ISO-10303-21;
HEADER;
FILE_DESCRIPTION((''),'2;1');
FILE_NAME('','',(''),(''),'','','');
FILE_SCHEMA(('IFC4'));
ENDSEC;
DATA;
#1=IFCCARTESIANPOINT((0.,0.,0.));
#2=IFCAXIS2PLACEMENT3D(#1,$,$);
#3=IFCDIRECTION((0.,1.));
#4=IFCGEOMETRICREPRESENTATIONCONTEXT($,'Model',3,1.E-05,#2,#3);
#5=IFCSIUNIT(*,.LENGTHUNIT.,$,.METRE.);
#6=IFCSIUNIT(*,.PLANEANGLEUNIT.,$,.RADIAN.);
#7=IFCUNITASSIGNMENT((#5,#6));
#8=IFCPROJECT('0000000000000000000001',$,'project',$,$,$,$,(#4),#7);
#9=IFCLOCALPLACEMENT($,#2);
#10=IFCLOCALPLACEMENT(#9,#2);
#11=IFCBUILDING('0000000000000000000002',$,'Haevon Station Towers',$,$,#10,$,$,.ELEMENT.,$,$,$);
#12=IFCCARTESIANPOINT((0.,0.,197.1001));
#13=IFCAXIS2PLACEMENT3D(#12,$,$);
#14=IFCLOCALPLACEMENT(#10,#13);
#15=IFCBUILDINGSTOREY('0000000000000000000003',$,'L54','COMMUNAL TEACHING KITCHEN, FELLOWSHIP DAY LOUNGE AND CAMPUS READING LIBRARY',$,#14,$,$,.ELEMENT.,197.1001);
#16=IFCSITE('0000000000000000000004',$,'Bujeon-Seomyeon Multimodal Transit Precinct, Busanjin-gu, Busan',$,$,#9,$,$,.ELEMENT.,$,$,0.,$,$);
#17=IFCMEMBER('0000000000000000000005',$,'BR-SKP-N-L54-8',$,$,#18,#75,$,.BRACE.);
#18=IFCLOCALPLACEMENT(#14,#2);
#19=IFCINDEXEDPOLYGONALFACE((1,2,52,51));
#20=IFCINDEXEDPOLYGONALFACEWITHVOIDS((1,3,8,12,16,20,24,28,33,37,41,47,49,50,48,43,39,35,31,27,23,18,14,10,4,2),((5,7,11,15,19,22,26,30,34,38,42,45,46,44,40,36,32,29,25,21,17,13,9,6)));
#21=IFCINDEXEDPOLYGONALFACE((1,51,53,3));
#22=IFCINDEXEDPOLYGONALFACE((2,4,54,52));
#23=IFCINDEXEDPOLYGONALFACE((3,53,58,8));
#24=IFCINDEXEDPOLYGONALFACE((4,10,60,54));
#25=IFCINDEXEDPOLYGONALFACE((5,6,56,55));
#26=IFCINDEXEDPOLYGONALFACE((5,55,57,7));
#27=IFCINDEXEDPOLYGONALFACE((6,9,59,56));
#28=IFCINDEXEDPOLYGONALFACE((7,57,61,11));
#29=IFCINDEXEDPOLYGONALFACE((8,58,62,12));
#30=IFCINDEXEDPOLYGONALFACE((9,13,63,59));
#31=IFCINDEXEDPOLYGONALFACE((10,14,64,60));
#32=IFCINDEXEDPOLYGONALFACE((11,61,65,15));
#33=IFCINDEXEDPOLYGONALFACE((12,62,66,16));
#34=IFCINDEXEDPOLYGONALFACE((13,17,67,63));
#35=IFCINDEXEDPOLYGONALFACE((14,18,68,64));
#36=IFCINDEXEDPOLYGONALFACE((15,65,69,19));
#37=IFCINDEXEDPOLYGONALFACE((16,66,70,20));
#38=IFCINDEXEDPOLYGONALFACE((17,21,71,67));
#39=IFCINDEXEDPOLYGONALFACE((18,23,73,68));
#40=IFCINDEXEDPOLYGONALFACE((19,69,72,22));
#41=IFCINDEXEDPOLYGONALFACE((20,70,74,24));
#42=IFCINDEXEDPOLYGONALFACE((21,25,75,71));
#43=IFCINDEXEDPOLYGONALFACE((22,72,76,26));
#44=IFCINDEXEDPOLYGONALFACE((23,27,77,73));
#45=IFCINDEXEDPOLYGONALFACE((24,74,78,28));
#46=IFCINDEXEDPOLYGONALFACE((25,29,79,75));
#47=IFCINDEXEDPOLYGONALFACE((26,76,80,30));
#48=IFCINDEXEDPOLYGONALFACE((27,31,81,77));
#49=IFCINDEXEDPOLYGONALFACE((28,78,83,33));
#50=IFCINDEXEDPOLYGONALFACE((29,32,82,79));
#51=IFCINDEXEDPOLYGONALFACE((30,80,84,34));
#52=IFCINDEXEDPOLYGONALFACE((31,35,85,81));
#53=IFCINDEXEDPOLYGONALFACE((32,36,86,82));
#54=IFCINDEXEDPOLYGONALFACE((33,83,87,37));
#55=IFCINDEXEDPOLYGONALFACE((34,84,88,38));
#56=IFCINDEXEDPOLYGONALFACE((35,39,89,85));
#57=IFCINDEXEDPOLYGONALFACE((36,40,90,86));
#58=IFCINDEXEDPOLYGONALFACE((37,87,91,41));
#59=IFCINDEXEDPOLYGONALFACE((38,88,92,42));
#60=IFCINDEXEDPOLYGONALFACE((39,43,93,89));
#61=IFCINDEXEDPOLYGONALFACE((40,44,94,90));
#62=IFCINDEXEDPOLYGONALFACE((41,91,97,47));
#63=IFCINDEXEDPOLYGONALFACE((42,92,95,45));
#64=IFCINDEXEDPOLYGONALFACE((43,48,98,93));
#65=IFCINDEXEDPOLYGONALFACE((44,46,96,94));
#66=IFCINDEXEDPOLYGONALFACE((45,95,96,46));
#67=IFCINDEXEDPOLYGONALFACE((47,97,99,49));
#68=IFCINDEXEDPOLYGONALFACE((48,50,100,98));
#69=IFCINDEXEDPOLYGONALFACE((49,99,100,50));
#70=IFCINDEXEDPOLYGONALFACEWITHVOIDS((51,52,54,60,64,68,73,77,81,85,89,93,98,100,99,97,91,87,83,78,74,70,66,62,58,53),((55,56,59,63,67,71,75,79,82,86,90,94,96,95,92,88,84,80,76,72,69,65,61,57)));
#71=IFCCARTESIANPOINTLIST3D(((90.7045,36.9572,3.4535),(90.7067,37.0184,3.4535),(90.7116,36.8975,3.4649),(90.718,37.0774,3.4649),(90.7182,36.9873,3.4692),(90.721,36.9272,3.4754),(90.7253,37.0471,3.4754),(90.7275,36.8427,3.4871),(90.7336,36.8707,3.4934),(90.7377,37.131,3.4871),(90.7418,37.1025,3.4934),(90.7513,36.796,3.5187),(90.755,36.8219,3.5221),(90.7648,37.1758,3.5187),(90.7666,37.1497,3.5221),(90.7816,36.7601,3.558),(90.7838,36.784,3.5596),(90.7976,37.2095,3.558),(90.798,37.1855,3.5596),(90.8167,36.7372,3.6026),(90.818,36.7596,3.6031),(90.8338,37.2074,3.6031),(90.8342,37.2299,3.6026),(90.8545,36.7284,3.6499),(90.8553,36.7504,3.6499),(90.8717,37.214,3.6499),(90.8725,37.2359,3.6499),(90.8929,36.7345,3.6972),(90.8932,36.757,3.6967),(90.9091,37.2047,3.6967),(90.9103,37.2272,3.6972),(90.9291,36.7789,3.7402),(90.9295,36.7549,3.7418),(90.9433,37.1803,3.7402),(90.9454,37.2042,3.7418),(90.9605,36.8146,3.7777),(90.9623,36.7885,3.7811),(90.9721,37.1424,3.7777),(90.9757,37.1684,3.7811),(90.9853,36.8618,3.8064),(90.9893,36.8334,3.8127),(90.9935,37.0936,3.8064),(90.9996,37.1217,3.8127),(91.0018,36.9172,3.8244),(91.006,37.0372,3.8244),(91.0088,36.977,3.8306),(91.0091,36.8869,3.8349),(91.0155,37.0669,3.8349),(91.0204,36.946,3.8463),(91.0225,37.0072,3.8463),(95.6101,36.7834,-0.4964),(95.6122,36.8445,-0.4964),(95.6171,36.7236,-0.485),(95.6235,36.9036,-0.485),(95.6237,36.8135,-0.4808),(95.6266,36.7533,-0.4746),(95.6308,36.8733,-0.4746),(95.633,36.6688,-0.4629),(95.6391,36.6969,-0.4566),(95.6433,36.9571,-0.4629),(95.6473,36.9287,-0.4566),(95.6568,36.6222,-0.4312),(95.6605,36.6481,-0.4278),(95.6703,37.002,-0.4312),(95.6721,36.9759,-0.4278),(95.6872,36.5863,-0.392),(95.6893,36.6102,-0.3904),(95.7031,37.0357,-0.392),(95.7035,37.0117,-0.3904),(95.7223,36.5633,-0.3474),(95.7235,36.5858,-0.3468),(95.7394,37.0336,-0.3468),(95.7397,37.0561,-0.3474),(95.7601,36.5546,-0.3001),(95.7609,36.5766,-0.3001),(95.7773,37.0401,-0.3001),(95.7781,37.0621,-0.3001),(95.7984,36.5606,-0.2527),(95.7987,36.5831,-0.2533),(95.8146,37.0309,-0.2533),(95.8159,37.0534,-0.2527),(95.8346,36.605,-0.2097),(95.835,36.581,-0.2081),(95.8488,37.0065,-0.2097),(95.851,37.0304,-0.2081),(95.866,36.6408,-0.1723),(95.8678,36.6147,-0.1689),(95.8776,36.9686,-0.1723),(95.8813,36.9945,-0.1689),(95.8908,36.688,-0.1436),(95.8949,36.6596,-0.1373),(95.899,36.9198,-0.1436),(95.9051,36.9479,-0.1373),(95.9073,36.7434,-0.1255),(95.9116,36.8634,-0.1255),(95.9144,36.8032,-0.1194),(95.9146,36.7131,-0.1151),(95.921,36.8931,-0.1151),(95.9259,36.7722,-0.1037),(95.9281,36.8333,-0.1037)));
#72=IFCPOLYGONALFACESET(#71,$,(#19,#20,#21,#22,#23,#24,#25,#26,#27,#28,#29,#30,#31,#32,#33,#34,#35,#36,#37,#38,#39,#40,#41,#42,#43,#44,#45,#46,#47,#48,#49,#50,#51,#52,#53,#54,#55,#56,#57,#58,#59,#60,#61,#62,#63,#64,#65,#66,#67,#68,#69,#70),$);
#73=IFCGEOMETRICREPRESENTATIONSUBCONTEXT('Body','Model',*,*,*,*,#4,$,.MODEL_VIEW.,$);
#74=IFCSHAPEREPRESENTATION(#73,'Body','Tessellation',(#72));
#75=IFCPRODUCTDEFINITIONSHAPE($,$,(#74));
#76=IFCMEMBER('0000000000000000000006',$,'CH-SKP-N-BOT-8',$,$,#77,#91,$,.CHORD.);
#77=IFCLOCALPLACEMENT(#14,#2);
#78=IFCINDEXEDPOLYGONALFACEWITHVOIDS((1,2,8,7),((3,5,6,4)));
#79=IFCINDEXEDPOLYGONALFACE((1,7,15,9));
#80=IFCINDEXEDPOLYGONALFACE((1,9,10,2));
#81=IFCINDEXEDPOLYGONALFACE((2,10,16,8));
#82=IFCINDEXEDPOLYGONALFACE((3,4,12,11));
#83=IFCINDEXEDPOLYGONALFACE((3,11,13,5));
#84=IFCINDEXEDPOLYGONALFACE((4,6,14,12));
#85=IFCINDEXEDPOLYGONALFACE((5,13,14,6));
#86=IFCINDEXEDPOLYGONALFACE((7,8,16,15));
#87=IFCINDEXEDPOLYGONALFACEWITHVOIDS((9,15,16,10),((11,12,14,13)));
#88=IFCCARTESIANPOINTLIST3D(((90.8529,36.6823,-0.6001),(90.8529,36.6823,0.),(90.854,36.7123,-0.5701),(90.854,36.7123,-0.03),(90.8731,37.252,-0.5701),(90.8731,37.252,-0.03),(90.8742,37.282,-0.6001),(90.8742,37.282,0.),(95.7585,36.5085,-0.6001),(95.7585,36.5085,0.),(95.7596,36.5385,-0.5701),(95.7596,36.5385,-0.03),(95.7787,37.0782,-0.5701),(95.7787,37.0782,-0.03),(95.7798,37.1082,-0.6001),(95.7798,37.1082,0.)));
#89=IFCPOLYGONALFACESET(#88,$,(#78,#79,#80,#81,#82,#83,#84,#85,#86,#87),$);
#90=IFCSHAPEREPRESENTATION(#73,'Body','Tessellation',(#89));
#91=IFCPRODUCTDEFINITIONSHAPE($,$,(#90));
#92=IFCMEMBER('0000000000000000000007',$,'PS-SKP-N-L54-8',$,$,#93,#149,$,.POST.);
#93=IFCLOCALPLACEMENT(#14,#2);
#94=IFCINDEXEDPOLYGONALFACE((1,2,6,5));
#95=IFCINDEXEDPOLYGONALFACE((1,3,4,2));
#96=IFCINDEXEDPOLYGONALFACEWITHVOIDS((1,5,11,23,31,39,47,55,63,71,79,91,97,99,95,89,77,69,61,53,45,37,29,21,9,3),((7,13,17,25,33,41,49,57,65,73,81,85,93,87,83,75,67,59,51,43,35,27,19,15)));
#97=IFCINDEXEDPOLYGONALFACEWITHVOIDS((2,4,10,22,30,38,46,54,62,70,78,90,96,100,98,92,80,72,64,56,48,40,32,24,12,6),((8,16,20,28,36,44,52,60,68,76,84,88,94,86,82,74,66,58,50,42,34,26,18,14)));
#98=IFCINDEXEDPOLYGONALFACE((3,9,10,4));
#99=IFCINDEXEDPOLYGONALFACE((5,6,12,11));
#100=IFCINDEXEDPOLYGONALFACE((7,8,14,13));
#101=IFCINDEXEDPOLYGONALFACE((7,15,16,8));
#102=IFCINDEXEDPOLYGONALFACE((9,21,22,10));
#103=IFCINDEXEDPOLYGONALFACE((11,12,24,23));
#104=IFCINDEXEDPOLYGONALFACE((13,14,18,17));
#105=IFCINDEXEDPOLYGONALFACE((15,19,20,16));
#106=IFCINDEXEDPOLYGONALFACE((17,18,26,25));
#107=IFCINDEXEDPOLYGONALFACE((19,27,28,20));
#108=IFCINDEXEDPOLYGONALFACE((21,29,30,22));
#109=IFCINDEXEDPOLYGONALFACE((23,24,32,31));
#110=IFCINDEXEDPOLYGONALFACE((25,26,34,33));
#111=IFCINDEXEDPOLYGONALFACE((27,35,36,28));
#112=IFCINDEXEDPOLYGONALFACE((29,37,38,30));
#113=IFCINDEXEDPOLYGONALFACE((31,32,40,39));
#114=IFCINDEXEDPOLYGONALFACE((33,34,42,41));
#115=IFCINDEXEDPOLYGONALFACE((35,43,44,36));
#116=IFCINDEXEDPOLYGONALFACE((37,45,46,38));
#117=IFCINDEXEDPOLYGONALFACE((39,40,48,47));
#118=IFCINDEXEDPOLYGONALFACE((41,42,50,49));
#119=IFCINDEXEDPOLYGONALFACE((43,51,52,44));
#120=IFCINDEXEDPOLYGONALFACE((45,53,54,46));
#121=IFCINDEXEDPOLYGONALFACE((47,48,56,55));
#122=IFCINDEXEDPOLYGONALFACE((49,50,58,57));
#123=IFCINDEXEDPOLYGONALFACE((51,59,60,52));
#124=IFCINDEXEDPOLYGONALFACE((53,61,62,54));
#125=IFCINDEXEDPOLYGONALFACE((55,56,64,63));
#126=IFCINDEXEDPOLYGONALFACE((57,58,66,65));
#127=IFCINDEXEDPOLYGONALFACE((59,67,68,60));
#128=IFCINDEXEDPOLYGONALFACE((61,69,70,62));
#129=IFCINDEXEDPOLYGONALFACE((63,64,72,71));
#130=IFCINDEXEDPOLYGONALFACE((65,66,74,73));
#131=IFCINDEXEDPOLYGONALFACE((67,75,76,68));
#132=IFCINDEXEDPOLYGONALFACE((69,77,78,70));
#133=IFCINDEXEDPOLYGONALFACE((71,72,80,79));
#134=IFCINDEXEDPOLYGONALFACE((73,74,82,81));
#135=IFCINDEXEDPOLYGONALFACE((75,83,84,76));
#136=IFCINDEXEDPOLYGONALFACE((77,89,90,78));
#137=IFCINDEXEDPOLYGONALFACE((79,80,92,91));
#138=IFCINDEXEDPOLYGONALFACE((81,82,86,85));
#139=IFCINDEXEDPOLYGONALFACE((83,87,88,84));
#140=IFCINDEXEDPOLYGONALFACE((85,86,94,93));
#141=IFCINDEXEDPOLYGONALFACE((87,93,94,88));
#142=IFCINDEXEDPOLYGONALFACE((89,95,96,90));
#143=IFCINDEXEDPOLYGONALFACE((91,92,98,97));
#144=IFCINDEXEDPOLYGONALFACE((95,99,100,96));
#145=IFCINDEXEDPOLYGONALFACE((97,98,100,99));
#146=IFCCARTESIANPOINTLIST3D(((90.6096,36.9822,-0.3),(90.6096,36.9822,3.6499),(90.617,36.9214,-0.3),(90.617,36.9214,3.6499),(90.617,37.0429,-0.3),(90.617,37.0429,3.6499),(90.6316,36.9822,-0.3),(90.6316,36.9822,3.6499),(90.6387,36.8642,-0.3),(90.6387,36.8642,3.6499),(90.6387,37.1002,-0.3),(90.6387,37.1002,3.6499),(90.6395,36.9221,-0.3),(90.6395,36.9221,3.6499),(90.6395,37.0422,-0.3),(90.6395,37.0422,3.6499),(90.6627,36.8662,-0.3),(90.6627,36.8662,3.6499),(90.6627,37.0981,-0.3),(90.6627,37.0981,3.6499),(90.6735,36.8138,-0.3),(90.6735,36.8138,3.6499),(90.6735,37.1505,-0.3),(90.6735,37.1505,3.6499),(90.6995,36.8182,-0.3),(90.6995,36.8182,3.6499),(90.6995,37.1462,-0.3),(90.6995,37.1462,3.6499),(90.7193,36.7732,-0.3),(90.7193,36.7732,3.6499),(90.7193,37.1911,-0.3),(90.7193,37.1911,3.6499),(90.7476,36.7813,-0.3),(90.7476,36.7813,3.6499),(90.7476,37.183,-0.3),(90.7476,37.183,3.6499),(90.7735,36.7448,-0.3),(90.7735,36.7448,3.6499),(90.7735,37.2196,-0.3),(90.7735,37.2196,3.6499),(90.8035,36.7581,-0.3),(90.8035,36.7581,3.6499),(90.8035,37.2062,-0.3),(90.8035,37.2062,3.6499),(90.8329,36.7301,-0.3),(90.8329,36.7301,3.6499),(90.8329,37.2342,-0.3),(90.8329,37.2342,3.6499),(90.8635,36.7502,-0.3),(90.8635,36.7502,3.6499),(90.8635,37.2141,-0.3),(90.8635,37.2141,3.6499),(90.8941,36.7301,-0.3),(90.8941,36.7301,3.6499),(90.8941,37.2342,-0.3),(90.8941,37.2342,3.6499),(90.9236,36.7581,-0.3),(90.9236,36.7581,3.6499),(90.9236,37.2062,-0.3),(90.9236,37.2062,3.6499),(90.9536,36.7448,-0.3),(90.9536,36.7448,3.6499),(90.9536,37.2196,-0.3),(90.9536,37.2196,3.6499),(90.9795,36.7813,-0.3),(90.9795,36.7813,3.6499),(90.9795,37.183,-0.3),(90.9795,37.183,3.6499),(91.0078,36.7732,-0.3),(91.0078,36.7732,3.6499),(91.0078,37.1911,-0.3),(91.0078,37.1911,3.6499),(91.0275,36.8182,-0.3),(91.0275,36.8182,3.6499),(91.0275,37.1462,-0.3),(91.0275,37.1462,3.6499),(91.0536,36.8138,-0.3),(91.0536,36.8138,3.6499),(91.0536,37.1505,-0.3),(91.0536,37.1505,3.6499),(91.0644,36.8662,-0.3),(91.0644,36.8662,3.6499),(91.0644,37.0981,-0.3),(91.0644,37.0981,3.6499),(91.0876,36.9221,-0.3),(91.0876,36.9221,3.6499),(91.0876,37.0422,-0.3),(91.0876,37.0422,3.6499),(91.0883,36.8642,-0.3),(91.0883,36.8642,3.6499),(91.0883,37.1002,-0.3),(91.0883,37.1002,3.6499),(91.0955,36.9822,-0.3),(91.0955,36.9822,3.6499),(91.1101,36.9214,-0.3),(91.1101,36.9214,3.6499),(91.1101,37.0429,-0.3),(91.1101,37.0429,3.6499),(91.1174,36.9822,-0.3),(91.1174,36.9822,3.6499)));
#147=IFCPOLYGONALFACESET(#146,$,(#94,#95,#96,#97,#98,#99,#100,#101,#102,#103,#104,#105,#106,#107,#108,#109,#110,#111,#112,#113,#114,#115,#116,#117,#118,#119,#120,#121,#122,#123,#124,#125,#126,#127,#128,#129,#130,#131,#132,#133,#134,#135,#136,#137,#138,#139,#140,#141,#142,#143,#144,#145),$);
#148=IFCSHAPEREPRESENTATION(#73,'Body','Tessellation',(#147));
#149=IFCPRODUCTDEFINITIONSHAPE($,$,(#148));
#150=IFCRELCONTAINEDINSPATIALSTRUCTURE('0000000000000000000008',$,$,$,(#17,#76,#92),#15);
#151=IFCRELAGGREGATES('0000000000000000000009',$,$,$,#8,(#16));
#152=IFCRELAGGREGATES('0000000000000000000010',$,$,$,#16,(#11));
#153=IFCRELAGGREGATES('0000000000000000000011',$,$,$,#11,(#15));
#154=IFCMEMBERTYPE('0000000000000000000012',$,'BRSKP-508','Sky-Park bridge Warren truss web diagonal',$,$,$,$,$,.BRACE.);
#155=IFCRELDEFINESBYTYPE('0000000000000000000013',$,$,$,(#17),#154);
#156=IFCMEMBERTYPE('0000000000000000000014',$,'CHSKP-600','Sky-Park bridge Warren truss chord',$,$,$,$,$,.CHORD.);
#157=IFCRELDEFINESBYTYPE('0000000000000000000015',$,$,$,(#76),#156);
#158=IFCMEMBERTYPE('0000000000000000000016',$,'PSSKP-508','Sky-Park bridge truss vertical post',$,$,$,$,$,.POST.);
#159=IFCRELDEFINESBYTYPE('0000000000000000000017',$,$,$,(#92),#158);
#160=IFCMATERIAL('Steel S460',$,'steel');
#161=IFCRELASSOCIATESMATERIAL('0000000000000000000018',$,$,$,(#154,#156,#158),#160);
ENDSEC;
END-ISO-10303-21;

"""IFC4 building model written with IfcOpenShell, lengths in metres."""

from ifc_helpers import new_model, si_unit, direction, frame, origin, origin_2d, place, context, subcontext, project, spatial, hollow_rectangle, hollow_circle, extrude, material, material_profile, profile_set, type_object, element, save


model = new_model("IFC4")

# Units and contexts
model_context = context("Model", 3, precision=1e-05, world=origin(), true_north=direction((0.0, 1.0)))
body_context = subcontext(model_context, "Body", "Model", "MODEL_VIEW")
ifc_project = project(units=[si_unit("LENGTHUNIT", "METRE"), si_unit("PLANEANGLEUNIT", "RADIAN")], contexts=[model_context])

# Site, building, storey
site_placement = place(None, origin())
site = spatial("IfcSite", under=ifc_project, at=site_placement, Name="Bujeon-Seomyeon Multimodal Transit Precinct, Busanjin-gu, Busan", CompositionType="ELEMENT", RefElevation=0.0)
building_placement = place(site_placement, origin())
building = spatial("IfcBuilding", under=site, at=building_placement, Name="Haevon Station Towers", CompositionType="ELEMENT")
storey_placement = place(building_placement, frame((0.0, 0.0, 197.1001)))
storey = spatial("IfcBuildingStorey", under=building, at=storey_placement, Name="L54", Description="COMMUNAL TEACHING KITCHEN, FELLOWSHIP DAY LOUNGE AND CAMPUS READING LIBRARY", CompositionType="ELEMENT", Elevation=197.1001)

# Members
ifc_material_1 = material(Name="Steel S460", Category="steel")
ifc_material_profile_1 = material_profile(ifc_material_1, hollow_circle(Radius=0.2539, WallThickness=0.022, at=origin_2d()), Name="CHS-508x22")
ifc_profile_set_1 = profile_set([ifc_material_profile_1], Name="Steel S460")
member_type_1 = type_object("IfcMemberType", Name="BRSKP-508", Description="Sky-Park bridge Warren truss web diagonal", PredefinedType="BRACE", material=ifc_profile_set_1)
member_1_placement = place(storey_placement, frame((90.8635, 36.9822, 3.6499), z_axis=(0.77859, -0.02759, -0.626926), x_axis=(0.035413, 0.999373, 0.0)))
element("IfcMember", 1, at=member_1_placement, inside=storey, type_object=member_type_1, Name="BR-SKP-N-L54-8", PredefinedType="BRACE", context=body_context, shape_type="SweptSolid", body=[
    extrude(hollow_circle(Radius=0.2539, WallThickness=0.022, at=origin_2d()), origin(), (0.0, 0.0, 1.0), 6.3005),
])
ifc_material_profile_2 = material_profile(ifc_material_1, hollow_rectangle(XDim=0.6001, YDim=0.6001, WallThickness=0.03, at=origin_2d()), Name="RHS-600x600x30")
ifc_profile_set_2 = profile_set([ifc_material_profile_2], Name="Steel S460")
member_type_2 = type_object("IfcMemberType", Name="CHSKP-600", Description="Sky-Park bridge Warren truss chord", PredefinedType="CHORD", material=ifc_profile_set_2)
member_2_placement = place(storey_placement, frame((90.8635, 36.9822, -0.3), z_axis=(0.999373, -0.035413, 0.0), x_axis=(0.035413, 0.999373, 0.0)))
element("IfcMember", 2, at=member_2_placement, inside=storey, type_object=member_type_2, Name="CH-SKP-N-BOT-8", PredefinedType="CHORD", context=body_context, shape_type="SweptSolid", body=[
    extrude(hollow_rectangle(XDim=0.6001, YDim=0.6001, WallThickness=0.03, at=origin_2d()), origin(), (0.0, 0.0, 1.0), 4.9087),
])
ifc_material_profile_3 = material_profile(ifc_material_1, hollow_circle(Radius=0.2539, WallThickness=0.022, at=origin_2d()), Name="CHS-508x22")
ifc_profile_set_3 = profile_set([ifc_material_profile_3], Name="Steel S460")
member_type_3 = type_object("IfcMemberType", Name="PSSKP-508", Description="Sky-Park bridge truss vertical post", PredefinedType="POST", material=ifc_profile_set_3)
for number, where, z_axis, x_axis, name in (
    (3, (90.8635, 36.9822, -0.3), (0.0, 0.0, 1.0), (1.0, 0.0, 0.0), "PS-SKP-N-L54-8"),
):
    element("IfcMember", number, at=place(storey_placement, frame(where, z_axis=z_axis, x_axis=x_axis)), inside=storey, type_object=member_type_3, Name=name, PredefinedType="POST", context=body_context, shape_type="SweptSolid", body=[
        extrude(hollow_circle(Radius=0.2539, WallThickness=0.022, at=origin_2d()), origin(), (0.0, 0.0, 1.0), 3.95),
    ])

save(model, "model.ifc")
